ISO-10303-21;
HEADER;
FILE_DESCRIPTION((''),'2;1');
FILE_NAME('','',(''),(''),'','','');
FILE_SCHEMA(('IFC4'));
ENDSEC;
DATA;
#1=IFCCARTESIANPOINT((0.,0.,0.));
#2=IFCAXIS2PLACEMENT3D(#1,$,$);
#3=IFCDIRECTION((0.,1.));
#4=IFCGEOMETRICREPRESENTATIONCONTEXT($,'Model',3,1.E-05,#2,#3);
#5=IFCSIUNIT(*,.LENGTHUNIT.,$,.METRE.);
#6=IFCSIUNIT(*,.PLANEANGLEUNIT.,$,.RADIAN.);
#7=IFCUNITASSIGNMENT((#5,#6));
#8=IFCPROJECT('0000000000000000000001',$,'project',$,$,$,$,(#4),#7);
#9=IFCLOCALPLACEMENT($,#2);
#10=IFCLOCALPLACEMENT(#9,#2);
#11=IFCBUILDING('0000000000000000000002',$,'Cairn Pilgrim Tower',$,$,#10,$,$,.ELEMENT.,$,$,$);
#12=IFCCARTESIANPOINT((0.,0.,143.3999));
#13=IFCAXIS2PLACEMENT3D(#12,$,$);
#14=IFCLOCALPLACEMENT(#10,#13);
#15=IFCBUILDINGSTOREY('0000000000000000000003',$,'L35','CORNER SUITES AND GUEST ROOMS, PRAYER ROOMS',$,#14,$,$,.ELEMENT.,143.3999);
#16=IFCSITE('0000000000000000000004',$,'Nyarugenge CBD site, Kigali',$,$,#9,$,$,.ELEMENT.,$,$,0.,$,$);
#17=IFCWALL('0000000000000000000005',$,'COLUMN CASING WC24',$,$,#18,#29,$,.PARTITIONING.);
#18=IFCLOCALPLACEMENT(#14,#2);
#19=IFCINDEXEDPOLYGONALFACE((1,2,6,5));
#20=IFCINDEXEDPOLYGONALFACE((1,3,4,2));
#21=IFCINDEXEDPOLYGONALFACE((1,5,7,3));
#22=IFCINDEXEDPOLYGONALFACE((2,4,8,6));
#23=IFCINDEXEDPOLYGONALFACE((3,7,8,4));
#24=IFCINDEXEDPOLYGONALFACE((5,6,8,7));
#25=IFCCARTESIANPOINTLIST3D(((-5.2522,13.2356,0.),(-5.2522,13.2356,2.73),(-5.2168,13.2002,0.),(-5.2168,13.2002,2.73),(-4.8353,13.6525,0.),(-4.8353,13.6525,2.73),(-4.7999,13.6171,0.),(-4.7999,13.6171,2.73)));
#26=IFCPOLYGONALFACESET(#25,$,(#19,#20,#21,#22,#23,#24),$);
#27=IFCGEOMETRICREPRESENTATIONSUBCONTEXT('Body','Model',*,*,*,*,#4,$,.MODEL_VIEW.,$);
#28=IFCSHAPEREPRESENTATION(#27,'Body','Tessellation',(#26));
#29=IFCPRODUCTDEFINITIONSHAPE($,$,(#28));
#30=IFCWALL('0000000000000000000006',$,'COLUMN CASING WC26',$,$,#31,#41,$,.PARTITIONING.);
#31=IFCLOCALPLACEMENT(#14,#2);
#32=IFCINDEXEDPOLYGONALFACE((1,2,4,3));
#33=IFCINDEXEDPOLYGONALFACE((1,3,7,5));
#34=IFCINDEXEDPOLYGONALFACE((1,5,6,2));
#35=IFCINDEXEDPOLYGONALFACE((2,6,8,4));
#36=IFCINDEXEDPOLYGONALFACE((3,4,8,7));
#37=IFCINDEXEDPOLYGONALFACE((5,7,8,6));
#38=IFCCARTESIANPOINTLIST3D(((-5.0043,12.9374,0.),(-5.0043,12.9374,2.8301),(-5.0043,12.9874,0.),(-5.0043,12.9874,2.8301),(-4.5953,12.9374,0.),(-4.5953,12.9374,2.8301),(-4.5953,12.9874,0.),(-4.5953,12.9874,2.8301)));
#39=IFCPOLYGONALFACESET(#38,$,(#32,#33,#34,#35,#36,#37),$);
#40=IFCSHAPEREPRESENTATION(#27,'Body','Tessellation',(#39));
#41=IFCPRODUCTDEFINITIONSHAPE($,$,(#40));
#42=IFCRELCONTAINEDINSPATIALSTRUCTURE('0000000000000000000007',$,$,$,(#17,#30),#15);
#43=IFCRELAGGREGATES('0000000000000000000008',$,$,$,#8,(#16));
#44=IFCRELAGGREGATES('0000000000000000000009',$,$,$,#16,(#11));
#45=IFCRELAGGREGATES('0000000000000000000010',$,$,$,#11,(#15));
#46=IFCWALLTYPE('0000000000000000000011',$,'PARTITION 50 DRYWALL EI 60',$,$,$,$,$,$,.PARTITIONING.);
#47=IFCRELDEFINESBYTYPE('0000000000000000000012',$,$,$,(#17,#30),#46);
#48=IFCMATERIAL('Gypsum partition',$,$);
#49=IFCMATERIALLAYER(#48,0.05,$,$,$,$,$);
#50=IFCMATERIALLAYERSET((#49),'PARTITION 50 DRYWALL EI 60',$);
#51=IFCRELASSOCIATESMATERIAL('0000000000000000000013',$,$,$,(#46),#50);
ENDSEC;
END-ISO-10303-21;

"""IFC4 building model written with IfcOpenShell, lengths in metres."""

from ifc_helpers import new_model, si_unit, direction, frame, frame_2d, origin, place, context, subcontext, project, spatial, rectangle, extrude, material, layer, layer_set, type_object, element, save


model = new_model("IFC4")

# Units and contexts
model_context = context("Model", 3, precision=1e-05, world=origin(), true_north=direction((0.0, 1.0)))
body_context = subcontext(model_context, "Body", "Model", "MODEL_VIEW")
ifc_project = project(units=[si_unit("LENGTHUNIT", "METRE"), si_unit("PLANEANGLEUNIT", "RADIAN")], contexts=[model_context])

# Site, building, storey
site_placement = place(None, origin())
site = spatial("IfcSite", under=ifc_project, at=site_placement, Name="Nyarugenge CBD site, Kigali", CompositionType="ELEMENT", RefElevation=0.0)
building_placement = place(site_placement, origin())
building = spatial("IfcBuilding", under=site, at=building_placement, Name="Cairn Pilgrim Tower", CompositionType="ELEMENT")
storey_placement = place(building_placement, frame((0.0, 0.0, 143.3999)))
storey = spatial("IfcBuildingStorey", under=building, at=storey_placement, Name="L35", Description="CORNER SUITES AND GUEST ROOMS, PRAYER ROOMS", CompositionType="ELEMENT", Elevation=143.3999)

# Shared definitions
ifc_material_1 = material(Name="Gypsum partition")

# Walls
ifc_layer_1 = layer(ifc_material_1, 0.05)
ifc_layer_set_1 = layer_set([ifc_layer_1], Name="PARTITION 50 DRYWALL EI 60")
wall_type_1 = type_object("IfcWallType", Name="PARTITION 50 DRYWALL EI 60", PredefinedType="PARTITIONING", material=ifc_layer_set_1)
wall_1_placement = place(storey_placement, frame((-5.2346, 13.2178, 0.0), z_axis=(0.0, 0.0, 1.0), x_axis=(0.707107, 0.707107, 0.0)))
element("IfcWall", 1, at=wall_1_placement, inside=storey, type_object=wall_type_1, Name="COLUMN CASING WC24", PredefinedType="PARTITIONING", context=body_context, shape_type="SweptSolid", body=[
    extrude(rectangle(XDim=0.5896, YDim=0.05, at=frame_2d((0.2949, 0.0))), origin(), (0.0, 0.0, 1.0), 2.73),
])
wall_2_placement = place(storey_placement, frame((-5.0044, 12.9624, 0.0), z_axis=(0.0, 0.0, 1.0), x_axis=(1.0, 0.0, 0.0)))
element("IfcWall", 2, at=wall_2_placement, inside=storey, type_object=wall_type_1, Name="COLUMN CASING WC26", PredefinedType="PARTITIONING", context=body_context, shape_type="SweptSolid", body=[
    extrude(rectangle(XDim=0.4089, YDim=0.05, at=frame_2d((0.2046, 0.0))), origin(), (0.0, 0.0, 1.0), 2.8301),
])

save(model, "model.ifc")
